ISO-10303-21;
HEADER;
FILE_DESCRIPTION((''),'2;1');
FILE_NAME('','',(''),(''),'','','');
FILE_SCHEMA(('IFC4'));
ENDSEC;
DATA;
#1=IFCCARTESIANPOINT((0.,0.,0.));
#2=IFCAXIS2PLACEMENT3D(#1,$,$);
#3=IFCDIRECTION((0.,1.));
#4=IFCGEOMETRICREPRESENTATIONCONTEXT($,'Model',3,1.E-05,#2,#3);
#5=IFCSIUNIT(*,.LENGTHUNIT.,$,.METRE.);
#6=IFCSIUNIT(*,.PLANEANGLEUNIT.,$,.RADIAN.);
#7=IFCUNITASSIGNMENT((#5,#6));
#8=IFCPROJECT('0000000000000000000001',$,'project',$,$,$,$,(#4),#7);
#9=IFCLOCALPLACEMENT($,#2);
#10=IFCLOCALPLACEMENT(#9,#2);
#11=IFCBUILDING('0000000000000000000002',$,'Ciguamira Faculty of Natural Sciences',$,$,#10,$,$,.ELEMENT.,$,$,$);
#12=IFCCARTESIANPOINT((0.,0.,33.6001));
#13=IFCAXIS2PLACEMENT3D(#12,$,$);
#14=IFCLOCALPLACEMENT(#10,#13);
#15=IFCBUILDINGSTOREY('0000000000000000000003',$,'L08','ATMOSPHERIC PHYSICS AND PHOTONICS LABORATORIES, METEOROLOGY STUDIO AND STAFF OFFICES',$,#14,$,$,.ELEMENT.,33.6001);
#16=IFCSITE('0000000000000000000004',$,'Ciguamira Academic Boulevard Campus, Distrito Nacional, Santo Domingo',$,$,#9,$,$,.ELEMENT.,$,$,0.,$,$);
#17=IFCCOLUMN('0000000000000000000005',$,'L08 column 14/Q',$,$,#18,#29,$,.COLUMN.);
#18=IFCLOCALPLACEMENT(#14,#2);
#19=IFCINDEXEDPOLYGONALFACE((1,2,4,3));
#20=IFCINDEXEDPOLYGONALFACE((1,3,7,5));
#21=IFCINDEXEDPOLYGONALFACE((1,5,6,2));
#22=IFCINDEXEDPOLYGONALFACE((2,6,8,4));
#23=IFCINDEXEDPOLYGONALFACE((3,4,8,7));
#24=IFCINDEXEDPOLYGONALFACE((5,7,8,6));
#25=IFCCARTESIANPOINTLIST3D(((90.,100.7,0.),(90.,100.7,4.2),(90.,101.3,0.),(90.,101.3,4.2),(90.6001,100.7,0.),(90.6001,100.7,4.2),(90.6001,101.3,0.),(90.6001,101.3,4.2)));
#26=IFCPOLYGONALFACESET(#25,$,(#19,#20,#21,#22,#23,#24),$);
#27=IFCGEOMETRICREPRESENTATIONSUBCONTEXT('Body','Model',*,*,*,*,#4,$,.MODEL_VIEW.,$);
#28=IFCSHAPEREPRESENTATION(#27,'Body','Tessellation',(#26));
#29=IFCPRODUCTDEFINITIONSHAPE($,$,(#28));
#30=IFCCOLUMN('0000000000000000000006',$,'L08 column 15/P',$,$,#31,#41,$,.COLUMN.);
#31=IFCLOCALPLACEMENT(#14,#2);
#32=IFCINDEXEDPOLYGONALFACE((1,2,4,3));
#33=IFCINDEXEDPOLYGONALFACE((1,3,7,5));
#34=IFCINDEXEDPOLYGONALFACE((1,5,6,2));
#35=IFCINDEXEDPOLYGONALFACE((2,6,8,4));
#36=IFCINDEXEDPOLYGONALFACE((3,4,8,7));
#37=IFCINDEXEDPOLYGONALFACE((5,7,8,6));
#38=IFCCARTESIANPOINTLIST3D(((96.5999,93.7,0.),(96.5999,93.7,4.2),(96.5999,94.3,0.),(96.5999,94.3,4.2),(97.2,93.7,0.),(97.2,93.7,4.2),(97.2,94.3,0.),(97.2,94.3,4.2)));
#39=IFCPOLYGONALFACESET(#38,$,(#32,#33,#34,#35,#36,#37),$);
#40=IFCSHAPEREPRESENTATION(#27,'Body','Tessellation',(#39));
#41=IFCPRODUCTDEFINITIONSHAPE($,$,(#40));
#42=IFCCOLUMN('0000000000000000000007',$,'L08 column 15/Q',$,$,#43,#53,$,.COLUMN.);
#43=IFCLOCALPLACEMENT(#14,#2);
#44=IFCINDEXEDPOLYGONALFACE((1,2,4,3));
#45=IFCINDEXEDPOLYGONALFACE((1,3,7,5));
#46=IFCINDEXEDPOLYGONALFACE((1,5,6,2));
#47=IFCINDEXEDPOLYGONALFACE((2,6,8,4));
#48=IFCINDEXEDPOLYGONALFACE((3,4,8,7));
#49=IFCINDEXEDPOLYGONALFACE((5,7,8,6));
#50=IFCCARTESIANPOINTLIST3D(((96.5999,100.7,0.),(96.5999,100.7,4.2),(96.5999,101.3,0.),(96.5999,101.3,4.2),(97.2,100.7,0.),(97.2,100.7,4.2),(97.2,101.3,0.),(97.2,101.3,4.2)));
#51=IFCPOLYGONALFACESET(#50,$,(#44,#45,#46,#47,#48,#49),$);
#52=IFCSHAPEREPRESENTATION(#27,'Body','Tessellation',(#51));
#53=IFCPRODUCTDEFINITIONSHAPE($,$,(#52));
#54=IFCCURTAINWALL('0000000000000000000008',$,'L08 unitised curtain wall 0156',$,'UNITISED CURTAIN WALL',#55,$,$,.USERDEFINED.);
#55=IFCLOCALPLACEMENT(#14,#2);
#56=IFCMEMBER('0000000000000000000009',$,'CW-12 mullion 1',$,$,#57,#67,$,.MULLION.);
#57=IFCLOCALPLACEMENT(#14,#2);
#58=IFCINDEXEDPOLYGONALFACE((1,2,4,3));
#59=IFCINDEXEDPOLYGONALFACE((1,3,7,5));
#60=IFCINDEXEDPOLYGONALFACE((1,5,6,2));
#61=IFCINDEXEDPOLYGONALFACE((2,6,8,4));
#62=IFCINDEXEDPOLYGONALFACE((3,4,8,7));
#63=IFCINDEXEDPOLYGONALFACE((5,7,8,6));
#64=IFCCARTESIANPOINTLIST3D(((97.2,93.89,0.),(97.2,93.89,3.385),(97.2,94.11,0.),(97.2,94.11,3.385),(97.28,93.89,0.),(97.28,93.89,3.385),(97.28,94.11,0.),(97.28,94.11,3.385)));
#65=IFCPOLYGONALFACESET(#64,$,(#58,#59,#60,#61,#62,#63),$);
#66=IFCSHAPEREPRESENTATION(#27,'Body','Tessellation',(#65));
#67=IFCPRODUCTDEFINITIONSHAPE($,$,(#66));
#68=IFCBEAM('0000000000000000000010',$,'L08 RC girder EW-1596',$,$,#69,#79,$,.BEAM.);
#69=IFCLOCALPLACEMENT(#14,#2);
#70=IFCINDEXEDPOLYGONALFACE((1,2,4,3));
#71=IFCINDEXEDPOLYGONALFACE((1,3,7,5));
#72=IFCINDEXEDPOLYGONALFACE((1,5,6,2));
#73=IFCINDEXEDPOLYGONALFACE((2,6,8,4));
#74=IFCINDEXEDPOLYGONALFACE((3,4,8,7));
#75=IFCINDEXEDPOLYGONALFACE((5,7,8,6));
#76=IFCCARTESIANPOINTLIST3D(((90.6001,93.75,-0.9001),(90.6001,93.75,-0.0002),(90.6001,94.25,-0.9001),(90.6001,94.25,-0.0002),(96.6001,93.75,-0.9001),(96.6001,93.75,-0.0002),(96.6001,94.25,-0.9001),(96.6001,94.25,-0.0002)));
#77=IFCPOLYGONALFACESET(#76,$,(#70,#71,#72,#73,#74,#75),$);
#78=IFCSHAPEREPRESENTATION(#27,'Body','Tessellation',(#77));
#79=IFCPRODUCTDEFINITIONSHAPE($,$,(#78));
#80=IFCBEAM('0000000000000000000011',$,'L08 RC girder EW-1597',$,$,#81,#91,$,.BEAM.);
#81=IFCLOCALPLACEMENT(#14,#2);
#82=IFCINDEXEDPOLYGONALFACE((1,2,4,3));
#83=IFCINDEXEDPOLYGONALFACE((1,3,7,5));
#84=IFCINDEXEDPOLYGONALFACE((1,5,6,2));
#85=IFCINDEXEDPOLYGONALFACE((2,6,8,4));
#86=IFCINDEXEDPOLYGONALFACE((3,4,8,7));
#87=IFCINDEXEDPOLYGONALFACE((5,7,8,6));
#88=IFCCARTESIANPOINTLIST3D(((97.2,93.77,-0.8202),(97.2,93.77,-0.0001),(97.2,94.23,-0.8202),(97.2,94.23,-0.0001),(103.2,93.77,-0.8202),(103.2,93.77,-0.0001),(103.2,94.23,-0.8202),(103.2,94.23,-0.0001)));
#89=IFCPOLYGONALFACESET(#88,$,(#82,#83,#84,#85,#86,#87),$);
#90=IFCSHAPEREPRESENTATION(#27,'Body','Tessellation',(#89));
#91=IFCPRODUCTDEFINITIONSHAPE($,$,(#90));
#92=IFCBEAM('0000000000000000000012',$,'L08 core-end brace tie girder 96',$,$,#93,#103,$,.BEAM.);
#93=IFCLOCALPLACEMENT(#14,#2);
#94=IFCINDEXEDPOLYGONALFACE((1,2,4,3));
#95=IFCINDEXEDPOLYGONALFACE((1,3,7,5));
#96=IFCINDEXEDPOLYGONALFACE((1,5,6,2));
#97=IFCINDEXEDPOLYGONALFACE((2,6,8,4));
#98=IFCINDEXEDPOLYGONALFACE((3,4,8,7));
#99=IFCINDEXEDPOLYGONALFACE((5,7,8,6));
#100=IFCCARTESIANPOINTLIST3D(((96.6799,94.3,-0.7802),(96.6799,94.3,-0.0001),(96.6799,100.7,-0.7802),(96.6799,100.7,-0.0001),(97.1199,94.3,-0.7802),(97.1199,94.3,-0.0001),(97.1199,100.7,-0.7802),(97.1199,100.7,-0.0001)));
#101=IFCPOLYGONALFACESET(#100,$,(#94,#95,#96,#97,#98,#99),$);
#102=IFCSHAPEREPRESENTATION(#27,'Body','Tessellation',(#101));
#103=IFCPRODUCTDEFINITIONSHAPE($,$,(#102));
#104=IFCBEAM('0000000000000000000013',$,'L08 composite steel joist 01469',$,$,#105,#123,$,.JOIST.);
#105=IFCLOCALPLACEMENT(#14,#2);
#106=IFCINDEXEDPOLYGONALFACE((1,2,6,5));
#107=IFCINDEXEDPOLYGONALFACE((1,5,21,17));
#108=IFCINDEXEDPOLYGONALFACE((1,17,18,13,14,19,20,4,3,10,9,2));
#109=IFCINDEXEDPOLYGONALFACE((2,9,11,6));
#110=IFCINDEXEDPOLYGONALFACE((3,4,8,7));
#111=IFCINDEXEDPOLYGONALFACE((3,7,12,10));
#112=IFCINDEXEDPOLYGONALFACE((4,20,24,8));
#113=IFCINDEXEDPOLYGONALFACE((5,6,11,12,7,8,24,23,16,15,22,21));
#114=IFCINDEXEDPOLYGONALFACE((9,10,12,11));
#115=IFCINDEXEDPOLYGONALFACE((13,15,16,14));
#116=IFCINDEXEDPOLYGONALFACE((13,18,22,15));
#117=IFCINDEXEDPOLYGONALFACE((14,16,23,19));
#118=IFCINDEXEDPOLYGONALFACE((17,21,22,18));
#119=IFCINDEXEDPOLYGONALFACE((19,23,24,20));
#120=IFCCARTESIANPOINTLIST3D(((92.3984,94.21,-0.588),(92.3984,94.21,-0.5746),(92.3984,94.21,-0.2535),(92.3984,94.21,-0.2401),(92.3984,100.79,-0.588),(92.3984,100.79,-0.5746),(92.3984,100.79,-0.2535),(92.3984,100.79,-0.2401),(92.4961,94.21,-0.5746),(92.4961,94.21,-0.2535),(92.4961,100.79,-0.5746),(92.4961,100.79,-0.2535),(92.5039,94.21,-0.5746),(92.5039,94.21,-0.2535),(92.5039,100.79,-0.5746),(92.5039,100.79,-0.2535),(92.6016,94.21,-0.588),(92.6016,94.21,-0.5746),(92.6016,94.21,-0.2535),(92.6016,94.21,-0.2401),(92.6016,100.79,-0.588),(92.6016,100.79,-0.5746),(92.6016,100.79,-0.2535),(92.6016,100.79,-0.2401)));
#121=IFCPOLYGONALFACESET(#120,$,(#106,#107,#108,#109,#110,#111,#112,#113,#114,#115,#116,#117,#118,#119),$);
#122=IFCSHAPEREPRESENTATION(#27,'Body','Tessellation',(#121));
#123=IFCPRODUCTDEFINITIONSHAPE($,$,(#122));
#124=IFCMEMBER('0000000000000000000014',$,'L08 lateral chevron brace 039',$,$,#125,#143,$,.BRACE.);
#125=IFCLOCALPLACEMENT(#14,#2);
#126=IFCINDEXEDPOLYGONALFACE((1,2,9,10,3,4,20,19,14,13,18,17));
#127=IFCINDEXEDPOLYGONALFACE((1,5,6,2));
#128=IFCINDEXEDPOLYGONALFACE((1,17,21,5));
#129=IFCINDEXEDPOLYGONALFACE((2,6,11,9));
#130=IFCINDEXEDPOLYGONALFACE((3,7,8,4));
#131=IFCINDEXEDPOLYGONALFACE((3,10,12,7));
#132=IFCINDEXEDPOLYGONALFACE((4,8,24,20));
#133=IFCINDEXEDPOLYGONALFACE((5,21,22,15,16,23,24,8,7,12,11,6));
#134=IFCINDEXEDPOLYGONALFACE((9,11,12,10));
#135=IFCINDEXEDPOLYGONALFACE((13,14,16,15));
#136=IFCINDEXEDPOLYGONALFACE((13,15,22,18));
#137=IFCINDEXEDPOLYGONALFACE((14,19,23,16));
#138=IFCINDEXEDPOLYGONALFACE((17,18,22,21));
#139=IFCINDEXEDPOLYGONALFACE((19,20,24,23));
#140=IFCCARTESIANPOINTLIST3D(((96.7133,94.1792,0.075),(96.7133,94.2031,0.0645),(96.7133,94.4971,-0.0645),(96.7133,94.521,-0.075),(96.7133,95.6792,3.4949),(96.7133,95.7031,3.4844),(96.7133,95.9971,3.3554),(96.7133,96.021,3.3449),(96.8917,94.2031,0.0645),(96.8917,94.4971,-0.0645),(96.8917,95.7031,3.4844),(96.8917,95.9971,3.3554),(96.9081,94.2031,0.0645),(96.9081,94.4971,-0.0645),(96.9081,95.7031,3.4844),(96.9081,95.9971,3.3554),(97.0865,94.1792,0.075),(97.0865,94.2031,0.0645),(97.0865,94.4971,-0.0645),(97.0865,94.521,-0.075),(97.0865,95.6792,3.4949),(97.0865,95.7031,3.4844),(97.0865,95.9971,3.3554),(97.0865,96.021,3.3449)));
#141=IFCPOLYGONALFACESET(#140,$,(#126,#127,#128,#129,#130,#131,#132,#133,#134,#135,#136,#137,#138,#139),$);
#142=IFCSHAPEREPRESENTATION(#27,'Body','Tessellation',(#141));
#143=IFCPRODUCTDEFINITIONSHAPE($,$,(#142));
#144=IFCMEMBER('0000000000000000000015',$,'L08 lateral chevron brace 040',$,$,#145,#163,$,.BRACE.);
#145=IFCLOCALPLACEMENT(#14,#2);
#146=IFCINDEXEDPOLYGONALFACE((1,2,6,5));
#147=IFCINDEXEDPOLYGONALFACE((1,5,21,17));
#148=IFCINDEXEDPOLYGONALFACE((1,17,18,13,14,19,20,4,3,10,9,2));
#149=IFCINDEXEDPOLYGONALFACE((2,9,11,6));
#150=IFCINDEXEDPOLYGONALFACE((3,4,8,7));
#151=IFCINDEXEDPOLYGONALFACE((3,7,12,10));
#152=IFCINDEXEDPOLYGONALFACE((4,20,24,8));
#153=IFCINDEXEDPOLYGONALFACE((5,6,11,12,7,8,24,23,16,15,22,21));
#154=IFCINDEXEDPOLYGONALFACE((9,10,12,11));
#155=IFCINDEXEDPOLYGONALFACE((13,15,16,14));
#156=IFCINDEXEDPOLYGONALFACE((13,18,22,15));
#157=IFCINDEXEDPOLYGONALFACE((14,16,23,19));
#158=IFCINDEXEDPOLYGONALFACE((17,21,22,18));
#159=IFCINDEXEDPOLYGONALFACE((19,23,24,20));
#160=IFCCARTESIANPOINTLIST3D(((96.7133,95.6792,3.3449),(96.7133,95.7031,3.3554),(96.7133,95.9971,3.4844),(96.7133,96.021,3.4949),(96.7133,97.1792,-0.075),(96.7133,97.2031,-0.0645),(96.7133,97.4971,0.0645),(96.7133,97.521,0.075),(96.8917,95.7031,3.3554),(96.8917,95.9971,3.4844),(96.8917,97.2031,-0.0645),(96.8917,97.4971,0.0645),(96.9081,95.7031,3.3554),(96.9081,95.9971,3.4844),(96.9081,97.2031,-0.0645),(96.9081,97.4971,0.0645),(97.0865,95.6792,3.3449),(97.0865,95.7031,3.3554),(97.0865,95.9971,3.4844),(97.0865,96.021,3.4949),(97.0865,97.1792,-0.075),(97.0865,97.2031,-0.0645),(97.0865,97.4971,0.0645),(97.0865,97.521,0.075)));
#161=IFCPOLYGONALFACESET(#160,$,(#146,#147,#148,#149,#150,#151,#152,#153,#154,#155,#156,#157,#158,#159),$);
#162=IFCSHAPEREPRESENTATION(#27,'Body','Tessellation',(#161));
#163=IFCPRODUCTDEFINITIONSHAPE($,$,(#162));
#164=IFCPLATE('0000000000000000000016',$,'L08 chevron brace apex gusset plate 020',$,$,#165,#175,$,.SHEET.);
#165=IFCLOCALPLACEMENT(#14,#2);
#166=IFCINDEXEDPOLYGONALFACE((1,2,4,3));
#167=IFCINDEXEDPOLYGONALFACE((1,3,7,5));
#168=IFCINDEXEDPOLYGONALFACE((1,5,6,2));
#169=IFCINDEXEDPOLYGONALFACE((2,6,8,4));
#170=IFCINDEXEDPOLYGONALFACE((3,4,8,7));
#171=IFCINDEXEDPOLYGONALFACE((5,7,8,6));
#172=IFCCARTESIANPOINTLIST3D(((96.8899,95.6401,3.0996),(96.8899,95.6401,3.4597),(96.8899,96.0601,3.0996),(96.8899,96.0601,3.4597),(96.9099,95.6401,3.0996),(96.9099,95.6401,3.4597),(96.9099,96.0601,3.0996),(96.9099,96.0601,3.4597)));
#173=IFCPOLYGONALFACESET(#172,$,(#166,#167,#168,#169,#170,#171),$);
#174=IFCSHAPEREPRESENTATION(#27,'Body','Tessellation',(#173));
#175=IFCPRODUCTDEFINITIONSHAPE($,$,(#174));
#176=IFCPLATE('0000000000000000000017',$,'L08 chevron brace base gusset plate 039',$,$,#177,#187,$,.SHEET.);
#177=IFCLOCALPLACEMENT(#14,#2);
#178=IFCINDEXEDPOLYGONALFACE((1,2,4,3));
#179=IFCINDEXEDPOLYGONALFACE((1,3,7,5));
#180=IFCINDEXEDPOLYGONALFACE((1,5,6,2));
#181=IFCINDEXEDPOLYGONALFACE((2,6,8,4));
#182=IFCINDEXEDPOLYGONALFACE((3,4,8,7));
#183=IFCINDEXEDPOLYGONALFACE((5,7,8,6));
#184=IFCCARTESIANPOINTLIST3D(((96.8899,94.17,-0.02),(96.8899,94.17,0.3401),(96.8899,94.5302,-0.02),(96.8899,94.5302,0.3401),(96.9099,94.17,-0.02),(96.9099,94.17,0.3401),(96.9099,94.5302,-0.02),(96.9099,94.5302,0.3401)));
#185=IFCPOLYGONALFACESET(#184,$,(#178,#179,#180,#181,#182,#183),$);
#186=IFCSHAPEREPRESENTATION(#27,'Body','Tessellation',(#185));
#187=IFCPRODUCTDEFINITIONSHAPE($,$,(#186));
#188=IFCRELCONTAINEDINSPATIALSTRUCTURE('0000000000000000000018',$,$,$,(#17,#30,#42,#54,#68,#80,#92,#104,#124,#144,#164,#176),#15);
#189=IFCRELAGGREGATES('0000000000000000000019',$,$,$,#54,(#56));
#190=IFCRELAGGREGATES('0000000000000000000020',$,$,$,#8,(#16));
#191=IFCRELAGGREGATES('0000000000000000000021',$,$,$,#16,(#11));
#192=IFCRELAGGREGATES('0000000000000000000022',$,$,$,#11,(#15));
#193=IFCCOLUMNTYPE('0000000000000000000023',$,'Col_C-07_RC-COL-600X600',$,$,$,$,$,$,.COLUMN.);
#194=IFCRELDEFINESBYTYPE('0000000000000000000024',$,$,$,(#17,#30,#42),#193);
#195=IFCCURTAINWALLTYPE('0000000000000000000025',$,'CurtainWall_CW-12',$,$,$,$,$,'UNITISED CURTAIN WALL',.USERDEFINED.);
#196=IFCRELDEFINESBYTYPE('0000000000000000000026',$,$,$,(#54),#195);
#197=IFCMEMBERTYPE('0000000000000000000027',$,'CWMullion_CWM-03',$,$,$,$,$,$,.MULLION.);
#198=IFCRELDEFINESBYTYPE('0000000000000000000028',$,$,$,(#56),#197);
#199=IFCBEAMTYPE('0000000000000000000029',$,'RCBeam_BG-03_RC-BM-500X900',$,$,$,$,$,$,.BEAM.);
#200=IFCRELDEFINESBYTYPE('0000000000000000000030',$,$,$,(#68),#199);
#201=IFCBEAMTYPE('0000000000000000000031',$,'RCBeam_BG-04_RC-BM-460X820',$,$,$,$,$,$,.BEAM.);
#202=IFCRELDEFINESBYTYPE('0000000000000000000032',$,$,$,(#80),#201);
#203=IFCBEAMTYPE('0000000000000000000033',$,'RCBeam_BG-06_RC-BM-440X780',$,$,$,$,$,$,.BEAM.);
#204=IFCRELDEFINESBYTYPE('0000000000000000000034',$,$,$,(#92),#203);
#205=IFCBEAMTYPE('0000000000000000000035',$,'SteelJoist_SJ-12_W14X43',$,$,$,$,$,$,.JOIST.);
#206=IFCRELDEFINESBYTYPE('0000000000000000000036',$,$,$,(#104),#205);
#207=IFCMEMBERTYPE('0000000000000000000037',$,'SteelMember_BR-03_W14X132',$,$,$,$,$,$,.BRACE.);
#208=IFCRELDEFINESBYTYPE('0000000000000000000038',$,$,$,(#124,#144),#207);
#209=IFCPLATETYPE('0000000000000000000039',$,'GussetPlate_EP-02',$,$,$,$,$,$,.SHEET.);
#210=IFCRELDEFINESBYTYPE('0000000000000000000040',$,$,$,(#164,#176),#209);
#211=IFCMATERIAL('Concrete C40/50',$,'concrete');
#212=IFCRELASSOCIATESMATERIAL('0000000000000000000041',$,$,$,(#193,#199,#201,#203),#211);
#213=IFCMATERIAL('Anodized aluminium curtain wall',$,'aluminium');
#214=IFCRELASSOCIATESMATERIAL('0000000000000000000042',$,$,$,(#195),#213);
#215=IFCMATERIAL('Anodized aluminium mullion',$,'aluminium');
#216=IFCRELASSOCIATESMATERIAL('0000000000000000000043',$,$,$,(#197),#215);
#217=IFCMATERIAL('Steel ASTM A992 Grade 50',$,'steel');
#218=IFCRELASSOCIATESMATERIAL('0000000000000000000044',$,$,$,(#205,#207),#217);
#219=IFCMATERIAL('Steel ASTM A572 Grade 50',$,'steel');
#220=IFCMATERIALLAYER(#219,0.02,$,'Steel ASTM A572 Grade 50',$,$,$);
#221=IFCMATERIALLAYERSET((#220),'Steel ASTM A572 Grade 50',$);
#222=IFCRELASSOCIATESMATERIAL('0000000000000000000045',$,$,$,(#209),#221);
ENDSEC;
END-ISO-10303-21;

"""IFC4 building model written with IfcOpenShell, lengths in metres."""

from ifc_helpers import new_model, si_unit, direction, frame, origin, origin_2d, place, context, subcontext, project, spatial, rectangle, i_section, extrude, material, layer, layer_set, material_profile, profile_set, type_object, element, aggregate, save


model = new_model("IFC4")

# Units and contexts
model_context = context("Model", 3, precision=1e-05, world=origin(), true_north=direction((0.0, 1.0)))
body_context = subcontext(model_context, "Body", "Model", "MODEL_VIEW")
ifc_project = project(units=[si_unit("LENGTHUNIT", "METRE"), si_unit("PLANEANGLEUNIT", "RADIAN")], contexts=[model_context])

# Site, building, storey
site_placement = place(None, origin())
site = spatial("IfcSite", under=ifc_project, at=site_placement, Name="Ciguamira Academic Boulevard Campus, Distrito Nacional, Santo Domingo", CompositionType="ELEMENT", RefElevation=0.0)
building_placement = place(site_placement, origin())
building = spatial("IfcBuilding", under=site, at=building_placement, Name="Ciguamira Faculty of Natural Sciences", CompositionType="ELEMENT")
storey_placement = place(building_placement, frame((0.0, 0.0, 33.6001)))
storey = spatial("IfcBuildingStorey", under=building, at=storey_placement, Name="L08", Description="ATMOSPHERIC PHYSICS AND PHOTONICS LABORATORIES, METEOROLOGY STUDIO AND STAFF OFFICES", CompositionType="ELEMENT", Elevation=33.6001)

# Columns
ifc_material_1 = material(Name="Concrete C40/50", Category="concrete")
ifc_material_profile_1 = material_profile(ifc_material_1, rectangle(XDim=0.6001, YDim=0.6001, at=origin_2d()), Name="RC-COL-600X600")
ifc_profile_set_1 = profile_set([ifc_material_profile_1], Name="Concrete C40/50")
column_type = type_object("IfcColumnType", Name="Col_C-07_RC-COL-600X600", PredefinedType="COLUMN", material=ifc_profile_set_1)
for number, where, z_axis, x_axis, name in (
    (1, (90.3, 101.0, 0.0), (0.0, 0.0, 1.0), (1.0, 0.0, 0.0), "L08 column 14/Q"),
    (2, (96.8999, 94.0, 0.0), (0.0, 0.0, 1.0), (1.0, 0.0, 0.0), "L08 column 15/P"),
    (3, (96.8999, 101.0, 0.0), (0.0, 0.0, 1.0), (1.0, 0.0, 0.0), "L08 column 15/Q"),
):
    element("IfcColumn", number, at=place(storey_placement, frame(where, z_axis=z_axis, x_axis=x_axis)), inside=storey, type_object=column_type, Name=name, PredefinedType="COLUMN", context=body_context, shape_type="SweptSolid", body=[
        extrude(rectangle(XDim=0.6001, YDim=0.6001, at=origin_2d()), origin(), (0.0, 0.0, 1.0), 4.2),
    ])

# Curtain wall, member
ifc_material_2 = material(Name="Anodized aluminium curtain wall", Category="aluminium")
curtain_wall_type = type_object("IfcCurtainWallType", Name="CurtainWall_CW-12", ElementType="UNITISED CURTAIN WALL", PredefinedType="USERDEFINED", material=ifc_material_2)
curtain_wall_placement = place(storey_placement, origin())
curtain_wall = element("IfcCurtainWall", 4, at=curtain_wall_placement, inside=storey, type_object=curtain_wall_type, Name="L08 unitised curtain wall 0156", ObjectType="UNITISED CURTAIN WALL", PredefinedType="USERDEFINED")
ifc_material_3 = material(Name="Anodized aluminium mullion", Category="aluminium")
ifc_material_profile_2 = material_profile(ifc_material_3, rectangle(XDim=0.0801, YDim=0.22, at=origin_2d()), Name="ALU-MUL-80X220")
ifc_profile_set_2 = profile_set([ifc_material_profile_2], Name="Anodized aluminium mullion")
member_type_1 = type_object("IfcMemberType", Name="CWMullion_CWM-03", PredefinedType="MULLION", material=ifc_profile_set_2)
member_placement = place(storey_placement, frame((97.24, 94.0, 0.0), z_axis=(0.0, 0.0, 1.0), x_axis=(1.0, 0.0, 0.0)))
member = element("IfcMember", 5, at=member_placement, type_object=member_type_1, Name="CW-12 mullion 1", PredefinedType="MULLION", context=body_context, shape_type="SweptSolid", body=[
    extrude(rectangle(XDim=0.0801, YDim=0.22, at=origin_2d()), origin(), (0.0, 0.0, 1.0), 3.385),
])
aggregate(curtain_wall, [member])

# Beams
ifc_material_profile_3 = material_profile(ifc_material_1, rectangle(XDim=0.5, YDim=0.8999, at=origin_2d()), Name="RC-BM-500X900")
ifc_profile_set_3 = profile_set([ifc_material_profile_3], Name="Concrete C40/50")
beam_type_1 = type_object("IfcBeamType", Name="RCBeam_BG-03_RC-BM-500X900", PredefinedType="BEAM", material=ifc_profile_set_3)
beam_1_placement = place(storey_placement, frame((90.6001, 94.0, -0.4502), z_axis=(1.0, 0.0, 0.0), x_axis=(0.0, 1.0, 0.0)))
element("IfcBeam", 6, at=beam_1_placement, inside=storey, type_object=beam_type_1, Name="L08 RC girder EW-1596", PredefinedType="BEAM", context=body_context, shape_type="SweptSolid", body=[
    extrude(rectangle(XDim=0.5, YDim=0.8999, at=origin_2d()), origin(), (0.0, 0.0, 1.0), 6.0),
])
ifc_material_profile_4 = material_profile(ifc_material_1, rectangle(XDim=0.46, YDim=0.8201, at=origin_2d()), Name="RC-BM-460X820")
ifc_profile_set_4 = profile_set([ifc_material_profile_4], Name="Concrete C40/50")
beam_type_2 = type_object("IfcBeamType", Name="RCBeam_BG-04_RC-BM-460X820", PredefinedType="BEAM", material=ifc_profile_set_4)
beam_2_placement = place(storey_placement, frame((97.2, 94.0, -0.4102), z_axis=(1.0, 0.0, 0.0), x_axis=(0.0, 1.0, 0.0)))
element("IfcBeam", 7, at=beam_2_placement, inside=storey, type_object=beam_type_2, Name="L08 RC girder EW-1597", PredefinedType="BEAM", context=body_context, shape_type="SweptSolid", body=[
    extrude(rectangle(XDim=0.46, YDim=0.8201, at=origin_2d()), origin(), (0.0, 0.0, 1.0), 6.0),
])
ifc_material_profile_5 = material_profile(ifc_material_1, rectangle(XDim=0.4399, YDim=0.78, at=origin_2d()), Name="RC-BM-440X780")
ifc_profile_set_5 = profile_set([ifc_material_profile_5], Name="Concrete C40/50")
beam_type_3 = type_object("IfcBeamType", Name="RCBeam_BG-06_RC-BM-440X780", PredefinedType="BEAM", material=ifc_profile_set_5)
beam_3_placement = place(storey_placement, frame((96.8999, 94.3, -0.3901), z_axis=(0.0, 1.0, 0.0), x_axis=(-1.0, 0.0, 0.0)))
element("IfcBeam", 8, at=beam_3_placement, inside=storey, type_object=beam_type_3, Name="L08 core-end brace tie girder 96", PredefinedType="BEAM", context=body_context, shape_type="SweptSolid", body=[
    extrude(rectangle(XDim=0.4399, YDim=0.78, at=origin_2d()), origin(), (0.0, 0.0, 1.0), 6.3999),
])
ifc_material_4 = material(Name="Steel ASTM A992 Grade 50", Category="steel")
ifc_material_profile_6 = material_profile(ifc_material_4, i_section(OverallWidth=0.2031, OverallDepth=0.3479, WebThickness=0.0078, FlangeThickness=0.0134, at=origin_2d()), Name="W14X43")
ifc_profile_set_6 = profile_set([ifc_material_profile_6], Name="Steel ASTM A992 Grade 50")
beam_type_4 = type_object("IfcBeamType", Name="SteelJoist_SJ-12_W14X43", PredefinedType="JOIST", material=ifc_profile_set_6)
beam_4_placement = place(storey_placement, frame((92.5, 94.21, -0.4141), z_axis=(0.0, 1.0, 0.0), x_axis=(-1.0, 0.0, 0.0)))
element("IfcBeam", 9, at=beam_4_placement, inside=storey, type_object=beam_type_4, Name="L08 composite steel joist 01469", PredefinedType="JOIST", context=body_context, shape_type="SweptSolid", body=[
    extrude(i_section(OverallWidth=0.2031, OverallDepth=0.3479, WebThickness=0.0078, FlangeThickness=0.0134, at=origin_2d()), origin(), (0.0, 0.0, 1.0), 6.5801),
])

# Members
ifc_material_profile_7 = material_profile(ifc_material_4, i_section(OverallWidth=0.3733, OverallDepth=0.3733, WebThickness=0.0164, FlangeThickness=0.0261, at=origin_2d()), Name="W14X132")
ifc_profile_set_7 = profile_set([ifc_material_profile_7], Name="Steel ASTM A992 Grade 50")
member_type_2 = type_object("IfcMemberType", Name="SteelMember_BR-03_W14X132", PredefinedType="BRACE", material=ifc_profile_set_7)
for number, where, z_axis, x_axis, name in (
    (10, (96.8999, 94.3501, 0.0), (0.0, 0.401669, 0.915785), (-1.0, 0.0, 0.0), "L08 lateral chevron brace 039"),
    (11, (96.8999, 97.3501, 0.0), (0.0, -0.401669, 0.915785), (1.0, 0.0, 0.0), "L08 lateral chevron brace 040"),
):
    element("IfcMember", number, at=place(storey_placement, frame(where, z_axis=z_axis, x_axis=x_axis)), inside=storey, type_object=member_type_2, Name=name, PredefinedType="BRACE", context=body_context, shape_type="SweptSolid", body=[
        extrude(i_section(OverallWidth=0.3733, OverallDepth=0.3733, WebThickness=0.0164, FlangeThickness=0.0261, at=origin_2d()), origin(), (0.0, 0.0, 1.0), 3.7344),
    ])

# Plates
ifc_material_5 = material(Name="Steel ASTM A572 Grade 50", Category="steel")
ifc_layer_1 = layer(ifc_material_5, 0.02, Name="Steel ASTM A572 Grade 50")
ifc_layer_set_1 = layer_set([ifc_layer_1], Name="Steel ASTM A572 Grade 50")
plate_type = type_object("IfcPlateType", Name="GussetPlate_EP-02", PredefinedType="SHEET", material=ifc_layer_set_1)
plate_placement = place(storey_placement, frame((96.8999, 95.8501, 3.0996), z_axis=(0.0, 0.0, 1.0), x_axis=(1.0, 0.0, 0.0)))
element("IfcPlate", 12, at=plate_placement, inside=storey, type_object=plate_type, Name="L08 chevron brace apex gusset plate 020", PredefinedType="SHEET", context=body_context, shape_type="SweptSolid", body=[
    extrude(rectangle(XDim=0.02, YDim=0.4199, at=origin_2d()), origin(), (0.0, 0.0, 1.0), 0.3601),
])
for number, where, z_axis, x_axis, name in (
    (13, (96.8999, 94.3501, -0.02), (0.0, 0.0, 1.0), (1.0, 0.0, 0.0), "L08 chevron brace base gusset plate 039"),
):
    element("IfcPlate", number, at=place(storey_placement, frame(where, z_axis=z_axis, x_axis=x_axis)), inside=storey, type_object=plate_type, Name=name, PredefinedType="SHEET", context=body_context, shape_type="SweptSolid", body=[
        extrude(rectangle(XDim=0.02, YDim=0.3601, at=origin_2d()), origin(), (0.0, 0.0, 1.0), 0.3601),
    ])

save(model, "model.ifc")
